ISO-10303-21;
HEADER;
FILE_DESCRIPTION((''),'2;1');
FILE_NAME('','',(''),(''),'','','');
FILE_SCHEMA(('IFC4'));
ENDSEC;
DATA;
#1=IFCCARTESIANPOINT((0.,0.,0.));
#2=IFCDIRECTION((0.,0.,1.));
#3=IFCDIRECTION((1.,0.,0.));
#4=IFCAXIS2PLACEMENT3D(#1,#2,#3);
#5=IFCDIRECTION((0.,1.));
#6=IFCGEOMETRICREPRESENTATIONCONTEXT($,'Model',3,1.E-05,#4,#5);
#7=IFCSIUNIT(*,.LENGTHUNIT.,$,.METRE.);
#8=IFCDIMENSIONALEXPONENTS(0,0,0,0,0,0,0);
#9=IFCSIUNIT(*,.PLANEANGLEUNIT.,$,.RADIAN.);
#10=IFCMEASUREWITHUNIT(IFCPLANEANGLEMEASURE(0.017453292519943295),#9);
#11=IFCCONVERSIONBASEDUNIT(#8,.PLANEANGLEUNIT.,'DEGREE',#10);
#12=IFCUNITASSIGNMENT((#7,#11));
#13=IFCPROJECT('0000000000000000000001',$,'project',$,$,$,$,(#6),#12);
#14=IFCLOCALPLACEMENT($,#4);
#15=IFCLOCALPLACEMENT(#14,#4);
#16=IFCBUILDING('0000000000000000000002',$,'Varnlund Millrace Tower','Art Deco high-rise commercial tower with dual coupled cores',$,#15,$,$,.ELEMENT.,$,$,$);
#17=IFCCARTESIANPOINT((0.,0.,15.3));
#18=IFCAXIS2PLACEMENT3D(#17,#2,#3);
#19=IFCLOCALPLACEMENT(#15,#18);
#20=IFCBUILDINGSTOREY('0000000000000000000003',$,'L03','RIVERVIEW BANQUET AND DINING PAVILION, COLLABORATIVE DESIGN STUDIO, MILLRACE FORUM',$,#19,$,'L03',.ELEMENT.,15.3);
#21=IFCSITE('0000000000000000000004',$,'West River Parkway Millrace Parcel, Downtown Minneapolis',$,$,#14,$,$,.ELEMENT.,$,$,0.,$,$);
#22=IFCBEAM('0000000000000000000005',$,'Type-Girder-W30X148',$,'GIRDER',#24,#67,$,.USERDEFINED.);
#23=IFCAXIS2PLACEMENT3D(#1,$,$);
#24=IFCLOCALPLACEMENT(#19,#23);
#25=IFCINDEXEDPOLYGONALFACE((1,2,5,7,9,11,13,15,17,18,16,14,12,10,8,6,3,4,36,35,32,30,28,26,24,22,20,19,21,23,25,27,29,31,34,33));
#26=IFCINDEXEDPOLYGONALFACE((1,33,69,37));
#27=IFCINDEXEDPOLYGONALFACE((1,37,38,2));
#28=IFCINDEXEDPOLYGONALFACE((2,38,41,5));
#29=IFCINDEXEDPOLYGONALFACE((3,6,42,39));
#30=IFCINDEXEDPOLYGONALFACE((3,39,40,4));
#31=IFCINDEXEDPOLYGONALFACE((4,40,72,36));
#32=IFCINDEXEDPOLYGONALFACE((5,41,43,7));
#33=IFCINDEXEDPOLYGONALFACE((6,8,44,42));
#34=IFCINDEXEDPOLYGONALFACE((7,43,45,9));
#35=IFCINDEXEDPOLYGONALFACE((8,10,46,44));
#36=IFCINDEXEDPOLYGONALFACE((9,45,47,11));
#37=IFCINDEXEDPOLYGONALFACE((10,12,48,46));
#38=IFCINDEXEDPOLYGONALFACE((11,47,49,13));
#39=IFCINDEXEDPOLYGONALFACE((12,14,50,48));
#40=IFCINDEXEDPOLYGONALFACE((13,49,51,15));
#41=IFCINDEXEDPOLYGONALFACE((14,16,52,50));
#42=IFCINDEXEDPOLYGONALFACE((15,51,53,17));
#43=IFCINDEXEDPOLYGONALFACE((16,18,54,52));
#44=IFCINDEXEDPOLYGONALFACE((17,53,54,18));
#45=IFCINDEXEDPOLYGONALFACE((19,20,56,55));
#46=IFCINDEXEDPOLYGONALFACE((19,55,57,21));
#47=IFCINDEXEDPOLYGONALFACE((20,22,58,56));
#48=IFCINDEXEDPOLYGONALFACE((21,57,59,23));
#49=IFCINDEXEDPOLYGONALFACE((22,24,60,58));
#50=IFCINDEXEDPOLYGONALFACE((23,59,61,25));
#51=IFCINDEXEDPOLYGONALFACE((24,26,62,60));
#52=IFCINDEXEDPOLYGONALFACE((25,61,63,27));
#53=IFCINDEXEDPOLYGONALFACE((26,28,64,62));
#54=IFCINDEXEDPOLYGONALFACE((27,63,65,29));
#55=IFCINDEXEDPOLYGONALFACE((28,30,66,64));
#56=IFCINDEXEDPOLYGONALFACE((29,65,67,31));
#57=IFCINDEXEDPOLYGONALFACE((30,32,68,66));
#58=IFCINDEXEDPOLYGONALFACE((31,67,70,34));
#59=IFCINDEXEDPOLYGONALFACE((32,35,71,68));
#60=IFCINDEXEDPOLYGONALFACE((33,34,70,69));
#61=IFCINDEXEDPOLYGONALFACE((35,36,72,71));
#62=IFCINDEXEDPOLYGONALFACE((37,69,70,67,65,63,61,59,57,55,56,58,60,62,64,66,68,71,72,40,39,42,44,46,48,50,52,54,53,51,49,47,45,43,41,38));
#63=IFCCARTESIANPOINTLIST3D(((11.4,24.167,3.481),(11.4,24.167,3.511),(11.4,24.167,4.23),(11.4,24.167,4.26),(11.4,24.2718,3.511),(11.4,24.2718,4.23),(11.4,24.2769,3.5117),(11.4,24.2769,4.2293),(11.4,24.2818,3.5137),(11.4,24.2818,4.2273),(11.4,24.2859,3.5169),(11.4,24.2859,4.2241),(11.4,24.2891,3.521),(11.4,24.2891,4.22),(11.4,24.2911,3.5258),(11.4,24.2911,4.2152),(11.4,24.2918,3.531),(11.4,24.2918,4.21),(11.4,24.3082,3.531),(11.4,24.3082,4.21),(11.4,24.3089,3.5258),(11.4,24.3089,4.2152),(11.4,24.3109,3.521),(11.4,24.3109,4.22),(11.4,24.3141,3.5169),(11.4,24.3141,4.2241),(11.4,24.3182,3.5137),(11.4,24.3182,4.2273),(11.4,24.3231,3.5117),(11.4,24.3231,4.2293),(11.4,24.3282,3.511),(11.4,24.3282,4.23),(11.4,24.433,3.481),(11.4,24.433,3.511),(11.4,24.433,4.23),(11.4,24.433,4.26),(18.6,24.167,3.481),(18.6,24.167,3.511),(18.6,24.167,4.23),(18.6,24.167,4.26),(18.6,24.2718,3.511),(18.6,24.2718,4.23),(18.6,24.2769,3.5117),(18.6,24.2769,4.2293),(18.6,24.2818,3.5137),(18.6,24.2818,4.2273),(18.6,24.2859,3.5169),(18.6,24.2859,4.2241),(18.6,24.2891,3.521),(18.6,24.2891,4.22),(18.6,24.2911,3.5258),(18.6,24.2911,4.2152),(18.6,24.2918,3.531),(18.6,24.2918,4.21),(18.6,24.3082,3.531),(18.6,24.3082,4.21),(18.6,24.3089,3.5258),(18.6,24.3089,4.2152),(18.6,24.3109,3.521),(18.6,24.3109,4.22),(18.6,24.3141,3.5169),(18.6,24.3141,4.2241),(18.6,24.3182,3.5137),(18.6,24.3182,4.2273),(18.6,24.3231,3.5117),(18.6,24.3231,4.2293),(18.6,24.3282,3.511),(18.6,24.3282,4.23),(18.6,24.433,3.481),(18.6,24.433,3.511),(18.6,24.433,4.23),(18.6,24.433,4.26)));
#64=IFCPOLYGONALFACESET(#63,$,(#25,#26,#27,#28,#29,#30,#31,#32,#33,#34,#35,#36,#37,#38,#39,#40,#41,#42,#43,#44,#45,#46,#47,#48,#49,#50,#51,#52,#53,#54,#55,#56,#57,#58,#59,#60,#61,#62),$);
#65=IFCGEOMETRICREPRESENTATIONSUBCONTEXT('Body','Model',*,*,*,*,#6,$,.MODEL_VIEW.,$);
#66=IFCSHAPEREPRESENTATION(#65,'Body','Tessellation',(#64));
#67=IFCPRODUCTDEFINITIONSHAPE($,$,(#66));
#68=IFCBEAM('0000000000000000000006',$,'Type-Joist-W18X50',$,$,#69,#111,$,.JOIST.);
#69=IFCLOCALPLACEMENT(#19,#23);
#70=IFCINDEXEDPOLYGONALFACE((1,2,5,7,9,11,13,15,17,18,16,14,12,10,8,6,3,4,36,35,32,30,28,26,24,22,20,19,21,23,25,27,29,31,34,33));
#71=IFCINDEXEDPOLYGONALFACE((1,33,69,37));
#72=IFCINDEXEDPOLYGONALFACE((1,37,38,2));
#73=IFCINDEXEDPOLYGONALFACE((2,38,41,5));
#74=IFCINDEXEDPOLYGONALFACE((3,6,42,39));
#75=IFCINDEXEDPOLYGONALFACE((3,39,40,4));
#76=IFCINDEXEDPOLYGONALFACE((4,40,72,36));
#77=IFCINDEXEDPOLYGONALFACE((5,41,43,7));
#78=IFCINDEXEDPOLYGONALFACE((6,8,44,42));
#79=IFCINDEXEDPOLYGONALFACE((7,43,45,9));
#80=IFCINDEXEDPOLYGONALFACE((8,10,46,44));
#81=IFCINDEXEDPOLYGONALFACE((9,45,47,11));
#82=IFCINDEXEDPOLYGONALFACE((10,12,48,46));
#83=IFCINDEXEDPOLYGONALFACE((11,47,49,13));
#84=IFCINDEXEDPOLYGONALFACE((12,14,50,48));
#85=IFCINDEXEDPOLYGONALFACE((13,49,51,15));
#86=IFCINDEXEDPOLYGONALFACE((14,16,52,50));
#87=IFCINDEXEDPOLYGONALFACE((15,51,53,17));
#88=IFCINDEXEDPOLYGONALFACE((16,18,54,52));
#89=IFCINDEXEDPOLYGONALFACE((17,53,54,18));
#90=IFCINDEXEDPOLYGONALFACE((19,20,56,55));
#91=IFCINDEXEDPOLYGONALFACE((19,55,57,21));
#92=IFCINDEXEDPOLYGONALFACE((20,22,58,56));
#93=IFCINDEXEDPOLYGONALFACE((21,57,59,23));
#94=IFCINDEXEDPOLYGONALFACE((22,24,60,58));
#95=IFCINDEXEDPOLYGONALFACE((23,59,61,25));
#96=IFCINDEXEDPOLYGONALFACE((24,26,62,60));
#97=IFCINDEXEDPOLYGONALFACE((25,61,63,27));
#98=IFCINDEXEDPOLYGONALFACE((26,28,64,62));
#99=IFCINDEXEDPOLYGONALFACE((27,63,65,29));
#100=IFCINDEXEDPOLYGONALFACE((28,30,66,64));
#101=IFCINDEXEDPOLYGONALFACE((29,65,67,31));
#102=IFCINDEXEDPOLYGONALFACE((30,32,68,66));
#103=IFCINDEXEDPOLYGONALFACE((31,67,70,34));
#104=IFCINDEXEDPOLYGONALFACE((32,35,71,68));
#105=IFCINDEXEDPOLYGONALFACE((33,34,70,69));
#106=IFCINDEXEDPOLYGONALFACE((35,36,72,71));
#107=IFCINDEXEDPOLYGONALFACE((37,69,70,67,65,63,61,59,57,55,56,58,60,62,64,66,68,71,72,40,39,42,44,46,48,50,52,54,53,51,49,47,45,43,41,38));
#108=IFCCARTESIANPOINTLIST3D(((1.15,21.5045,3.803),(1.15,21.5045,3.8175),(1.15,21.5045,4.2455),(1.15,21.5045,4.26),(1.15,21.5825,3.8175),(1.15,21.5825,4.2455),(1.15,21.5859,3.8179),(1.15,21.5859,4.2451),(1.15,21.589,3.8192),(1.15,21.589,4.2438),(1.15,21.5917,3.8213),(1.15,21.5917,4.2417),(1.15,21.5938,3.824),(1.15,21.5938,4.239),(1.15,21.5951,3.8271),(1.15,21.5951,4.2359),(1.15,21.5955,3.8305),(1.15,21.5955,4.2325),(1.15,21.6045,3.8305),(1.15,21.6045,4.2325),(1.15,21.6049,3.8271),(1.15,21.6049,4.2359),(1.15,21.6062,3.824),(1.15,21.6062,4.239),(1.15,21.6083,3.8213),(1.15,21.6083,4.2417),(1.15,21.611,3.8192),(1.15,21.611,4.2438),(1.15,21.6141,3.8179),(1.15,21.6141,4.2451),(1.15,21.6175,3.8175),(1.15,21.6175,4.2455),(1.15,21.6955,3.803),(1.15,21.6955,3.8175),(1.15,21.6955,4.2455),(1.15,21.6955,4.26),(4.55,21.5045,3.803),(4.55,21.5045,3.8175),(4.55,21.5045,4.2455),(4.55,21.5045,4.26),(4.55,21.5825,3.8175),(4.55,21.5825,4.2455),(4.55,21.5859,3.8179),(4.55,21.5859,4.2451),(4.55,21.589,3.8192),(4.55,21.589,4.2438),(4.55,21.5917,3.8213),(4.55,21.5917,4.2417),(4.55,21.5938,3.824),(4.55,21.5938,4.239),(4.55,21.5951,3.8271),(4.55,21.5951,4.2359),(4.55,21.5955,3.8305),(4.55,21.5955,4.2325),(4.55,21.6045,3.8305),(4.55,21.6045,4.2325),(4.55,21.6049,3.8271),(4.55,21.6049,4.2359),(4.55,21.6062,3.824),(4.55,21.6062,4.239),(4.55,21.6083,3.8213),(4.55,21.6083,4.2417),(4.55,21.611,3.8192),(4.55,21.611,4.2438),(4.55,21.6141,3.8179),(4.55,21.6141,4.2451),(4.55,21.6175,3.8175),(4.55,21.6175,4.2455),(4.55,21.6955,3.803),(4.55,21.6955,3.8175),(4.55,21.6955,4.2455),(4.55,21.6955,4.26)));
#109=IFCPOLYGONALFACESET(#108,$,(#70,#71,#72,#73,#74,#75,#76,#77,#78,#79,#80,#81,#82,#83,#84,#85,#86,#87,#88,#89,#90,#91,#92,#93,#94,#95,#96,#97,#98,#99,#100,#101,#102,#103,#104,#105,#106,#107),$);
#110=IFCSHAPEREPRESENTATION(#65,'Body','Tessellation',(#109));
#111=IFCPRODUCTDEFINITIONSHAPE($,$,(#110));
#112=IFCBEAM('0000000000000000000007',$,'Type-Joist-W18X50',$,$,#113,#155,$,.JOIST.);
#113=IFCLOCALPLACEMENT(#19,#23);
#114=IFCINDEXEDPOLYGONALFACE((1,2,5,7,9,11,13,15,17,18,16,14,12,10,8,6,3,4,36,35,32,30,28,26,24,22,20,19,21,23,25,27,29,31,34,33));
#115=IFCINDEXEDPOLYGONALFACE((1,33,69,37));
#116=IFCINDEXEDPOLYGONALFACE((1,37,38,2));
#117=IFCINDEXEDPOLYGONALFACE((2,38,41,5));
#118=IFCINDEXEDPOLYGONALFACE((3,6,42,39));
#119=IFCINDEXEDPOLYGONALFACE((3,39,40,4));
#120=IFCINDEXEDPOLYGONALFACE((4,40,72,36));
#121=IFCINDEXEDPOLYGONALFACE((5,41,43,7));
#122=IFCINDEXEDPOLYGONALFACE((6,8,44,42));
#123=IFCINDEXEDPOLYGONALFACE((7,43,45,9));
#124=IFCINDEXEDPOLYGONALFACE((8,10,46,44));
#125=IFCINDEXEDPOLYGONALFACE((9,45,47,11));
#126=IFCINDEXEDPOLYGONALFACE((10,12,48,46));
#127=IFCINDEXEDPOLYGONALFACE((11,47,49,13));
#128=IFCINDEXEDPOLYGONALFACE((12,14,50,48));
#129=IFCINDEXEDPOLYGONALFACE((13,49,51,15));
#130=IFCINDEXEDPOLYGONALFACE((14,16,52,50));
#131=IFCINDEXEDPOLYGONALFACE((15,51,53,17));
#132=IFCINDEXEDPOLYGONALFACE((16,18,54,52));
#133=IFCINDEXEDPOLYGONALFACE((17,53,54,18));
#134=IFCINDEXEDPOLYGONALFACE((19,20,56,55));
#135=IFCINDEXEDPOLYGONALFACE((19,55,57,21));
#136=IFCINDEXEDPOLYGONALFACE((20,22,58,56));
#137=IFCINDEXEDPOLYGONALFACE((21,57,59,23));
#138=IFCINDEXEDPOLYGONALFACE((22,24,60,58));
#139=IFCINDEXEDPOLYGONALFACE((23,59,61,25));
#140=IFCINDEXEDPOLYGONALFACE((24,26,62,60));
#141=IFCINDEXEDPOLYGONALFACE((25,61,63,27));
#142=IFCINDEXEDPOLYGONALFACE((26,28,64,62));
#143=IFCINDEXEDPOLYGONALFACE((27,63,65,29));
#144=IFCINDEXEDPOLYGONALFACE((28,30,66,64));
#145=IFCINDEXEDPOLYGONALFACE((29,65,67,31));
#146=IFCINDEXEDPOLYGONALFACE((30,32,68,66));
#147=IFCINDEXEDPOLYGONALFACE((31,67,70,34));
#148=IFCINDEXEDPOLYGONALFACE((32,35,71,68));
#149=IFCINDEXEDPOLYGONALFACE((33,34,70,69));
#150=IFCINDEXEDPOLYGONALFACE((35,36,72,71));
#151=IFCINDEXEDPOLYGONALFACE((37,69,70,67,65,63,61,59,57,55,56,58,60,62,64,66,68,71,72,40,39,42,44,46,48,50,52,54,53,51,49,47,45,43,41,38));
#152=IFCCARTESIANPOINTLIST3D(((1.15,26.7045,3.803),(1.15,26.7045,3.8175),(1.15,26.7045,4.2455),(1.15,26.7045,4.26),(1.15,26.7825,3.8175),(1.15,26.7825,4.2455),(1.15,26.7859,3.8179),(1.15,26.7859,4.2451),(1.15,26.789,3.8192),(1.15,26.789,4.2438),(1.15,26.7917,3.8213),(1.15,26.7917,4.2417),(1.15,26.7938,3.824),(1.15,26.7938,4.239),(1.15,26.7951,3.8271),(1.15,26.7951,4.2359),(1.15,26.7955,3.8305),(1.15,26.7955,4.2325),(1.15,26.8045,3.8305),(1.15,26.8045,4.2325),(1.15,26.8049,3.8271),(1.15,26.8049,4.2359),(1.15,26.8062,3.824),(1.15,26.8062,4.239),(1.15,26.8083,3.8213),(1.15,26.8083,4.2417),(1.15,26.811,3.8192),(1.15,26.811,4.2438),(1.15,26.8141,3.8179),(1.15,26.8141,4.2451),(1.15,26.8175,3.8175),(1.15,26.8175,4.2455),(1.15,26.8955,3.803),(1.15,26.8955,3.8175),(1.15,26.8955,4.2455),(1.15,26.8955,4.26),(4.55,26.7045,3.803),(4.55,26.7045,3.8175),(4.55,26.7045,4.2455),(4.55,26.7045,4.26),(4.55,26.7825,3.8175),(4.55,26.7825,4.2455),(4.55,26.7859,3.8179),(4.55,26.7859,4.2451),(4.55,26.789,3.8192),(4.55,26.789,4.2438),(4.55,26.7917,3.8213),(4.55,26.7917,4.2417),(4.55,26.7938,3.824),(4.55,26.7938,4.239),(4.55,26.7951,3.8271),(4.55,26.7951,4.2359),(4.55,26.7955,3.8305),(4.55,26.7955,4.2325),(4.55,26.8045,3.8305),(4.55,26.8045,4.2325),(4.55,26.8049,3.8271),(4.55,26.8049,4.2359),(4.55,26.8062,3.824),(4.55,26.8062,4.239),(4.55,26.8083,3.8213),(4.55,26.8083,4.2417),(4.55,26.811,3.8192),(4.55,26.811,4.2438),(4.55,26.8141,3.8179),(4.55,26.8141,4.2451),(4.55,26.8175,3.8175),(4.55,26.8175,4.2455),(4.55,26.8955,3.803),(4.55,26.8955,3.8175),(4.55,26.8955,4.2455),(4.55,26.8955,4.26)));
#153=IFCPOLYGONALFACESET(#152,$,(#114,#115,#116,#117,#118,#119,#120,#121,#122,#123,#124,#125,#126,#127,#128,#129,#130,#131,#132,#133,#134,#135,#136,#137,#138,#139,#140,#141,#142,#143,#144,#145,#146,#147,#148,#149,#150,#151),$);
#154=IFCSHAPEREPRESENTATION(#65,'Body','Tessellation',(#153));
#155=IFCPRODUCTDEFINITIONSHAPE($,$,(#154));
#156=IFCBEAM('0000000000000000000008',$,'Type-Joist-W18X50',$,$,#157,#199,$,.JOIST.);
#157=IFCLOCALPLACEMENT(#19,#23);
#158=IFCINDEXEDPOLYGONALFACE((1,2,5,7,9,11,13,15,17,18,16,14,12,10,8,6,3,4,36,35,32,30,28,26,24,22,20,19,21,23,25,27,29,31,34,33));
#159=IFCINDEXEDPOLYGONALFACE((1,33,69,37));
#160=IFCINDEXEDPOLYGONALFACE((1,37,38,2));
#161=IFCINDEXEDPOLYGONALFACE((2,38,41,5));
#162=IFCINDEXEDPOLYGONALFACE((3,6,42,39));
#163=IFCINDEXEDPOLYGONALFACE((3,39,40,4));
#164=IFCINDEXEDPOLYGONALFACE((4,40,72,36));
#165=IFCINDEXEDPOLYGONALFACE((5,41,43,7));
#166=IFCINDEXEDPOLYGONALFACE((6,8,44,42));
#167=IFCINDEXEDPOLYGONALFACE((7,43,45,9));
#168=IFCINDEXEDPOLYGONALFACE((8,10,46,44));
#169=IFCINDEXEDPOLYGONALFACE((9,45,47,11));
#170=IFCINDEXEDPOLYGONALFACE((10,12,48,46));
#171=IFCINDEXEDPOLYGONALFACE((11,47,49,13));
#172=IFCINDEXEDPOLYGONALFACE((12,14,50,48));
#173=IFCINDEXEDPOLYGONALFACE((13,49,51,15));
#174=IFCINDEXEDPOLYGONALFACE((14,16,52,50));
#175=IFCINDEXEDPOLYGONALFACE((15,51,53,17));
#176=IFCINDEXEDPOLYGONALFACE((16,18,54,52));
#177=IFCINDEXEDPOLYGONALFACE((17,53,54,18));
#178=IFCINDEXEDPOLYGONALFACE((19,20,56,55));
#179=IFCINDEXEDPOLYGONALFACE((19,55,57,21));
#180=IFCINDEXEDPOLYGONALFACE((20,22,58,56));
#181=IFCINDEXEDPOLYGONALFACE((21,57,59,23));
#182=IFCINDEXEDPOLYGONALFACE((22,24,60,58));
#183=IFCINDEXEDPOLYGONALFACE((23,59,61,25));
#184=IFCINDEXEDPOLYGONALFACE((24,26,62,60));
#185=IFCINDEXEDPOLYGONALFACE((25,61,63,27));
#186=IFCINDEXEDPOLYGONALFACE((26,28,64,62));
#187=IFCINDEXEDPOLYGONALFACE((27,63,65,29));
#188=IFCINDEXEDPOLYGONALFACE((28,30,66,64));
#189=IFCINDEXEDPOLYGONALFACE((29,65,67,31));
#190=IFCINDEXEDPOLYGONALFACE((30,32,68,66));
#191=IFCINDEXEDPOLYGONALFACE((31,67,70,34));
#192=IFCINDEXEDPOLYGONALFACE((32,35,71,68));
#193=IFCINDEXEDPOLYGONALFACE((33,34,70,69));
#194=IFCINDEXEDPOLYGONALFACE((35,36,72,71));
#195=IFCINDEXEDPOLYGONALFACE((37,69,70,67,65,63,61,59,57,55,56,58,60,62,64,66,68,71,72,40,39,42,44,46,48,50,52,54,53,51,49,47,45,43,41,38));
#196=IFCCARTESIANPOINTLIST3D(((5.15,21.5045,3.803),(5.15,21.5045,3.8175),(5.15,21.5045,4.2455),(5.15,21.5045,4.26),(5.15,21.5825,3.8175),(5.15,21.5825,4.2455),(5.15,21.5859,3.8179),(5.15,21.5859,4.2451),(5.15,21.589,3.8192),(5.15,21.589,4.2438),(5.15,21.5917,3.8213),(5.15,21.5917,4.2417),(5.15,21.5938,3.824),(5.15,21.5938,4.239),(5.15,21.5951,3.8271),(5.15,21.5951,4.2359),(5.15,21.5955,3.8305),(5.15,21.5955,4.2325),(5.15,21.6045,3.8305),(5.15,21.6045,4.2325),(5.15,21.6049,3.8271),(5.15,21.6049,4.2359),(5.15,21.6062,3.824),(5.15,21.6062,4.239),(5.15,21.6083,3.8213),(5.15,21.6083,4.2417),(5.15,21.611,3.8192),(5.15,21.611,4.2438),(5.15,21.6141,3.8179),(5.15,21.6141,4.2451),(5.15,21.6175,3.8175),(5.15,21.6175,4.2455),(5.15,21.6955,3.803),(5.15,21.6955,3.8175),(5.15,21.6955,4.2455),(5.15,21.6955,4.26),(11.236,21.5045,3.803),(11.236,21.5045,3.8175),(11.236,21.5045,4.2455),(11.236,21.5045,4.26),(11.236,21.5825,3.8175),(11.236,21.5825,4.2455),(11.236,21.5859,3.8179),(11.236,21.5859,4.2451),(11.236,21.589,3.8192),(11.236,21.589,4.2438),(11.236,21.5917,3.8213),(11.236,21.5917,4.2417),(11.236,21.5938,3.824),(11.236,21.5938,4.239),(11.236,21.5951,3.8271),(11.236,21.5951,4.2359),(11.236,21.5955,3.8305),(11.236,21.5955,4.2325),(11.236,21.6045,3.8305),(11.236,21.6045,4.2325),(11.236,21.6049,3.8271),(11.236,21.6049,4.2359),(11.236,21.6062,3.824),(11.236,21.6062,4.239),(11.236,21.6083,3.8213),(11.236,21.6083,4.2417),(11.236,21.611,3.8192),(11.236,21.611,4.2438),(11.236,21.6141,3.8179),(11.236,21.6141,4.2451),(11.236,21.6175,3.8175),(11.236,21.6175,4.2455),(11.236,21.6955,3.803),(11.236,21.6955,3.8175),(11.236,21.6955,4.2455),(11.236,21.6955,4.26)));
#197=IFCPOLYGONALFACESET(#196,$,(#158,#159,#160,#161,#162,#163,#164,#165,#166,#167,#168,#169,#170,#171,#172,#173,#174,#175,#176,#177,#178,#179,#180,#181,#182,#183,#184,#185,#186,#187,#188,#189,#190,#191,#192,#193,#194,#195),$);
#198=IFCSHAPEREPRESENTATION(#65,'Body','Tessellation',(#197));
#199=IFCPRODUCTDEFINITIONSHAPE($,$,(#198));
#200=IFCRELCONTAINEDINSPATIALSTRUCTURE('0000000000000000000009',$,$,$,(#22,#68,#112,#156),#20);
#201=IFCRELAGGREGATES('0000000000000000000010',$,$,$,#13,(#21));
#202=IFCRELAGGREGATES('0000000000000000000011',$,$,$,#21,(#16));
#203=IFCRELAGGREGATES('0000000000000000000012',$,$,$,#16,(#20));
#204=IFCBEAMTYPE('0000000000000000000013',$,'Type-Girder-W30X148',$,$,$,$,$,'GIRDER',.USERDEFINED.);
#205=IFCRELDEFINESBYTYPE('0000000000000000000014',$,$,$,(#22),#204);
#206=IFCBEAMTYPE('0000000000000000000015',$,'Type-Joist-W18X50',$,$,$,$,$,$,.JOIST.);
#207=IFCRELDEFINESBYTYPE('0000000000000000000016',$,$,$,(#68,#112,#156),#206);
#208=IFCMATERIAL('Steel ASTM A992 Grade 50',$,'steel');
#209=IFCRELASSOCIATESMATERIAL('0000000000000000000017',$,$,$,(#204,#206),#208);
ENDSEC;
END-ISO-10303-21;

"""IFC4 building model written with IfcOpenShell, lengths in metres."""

from ifc_helpers import new_model, entity, si_unit, converted_unit, direction, frame, origin_with_axes, origin_2d_with_axis, place, context, subcontext, project, spatial, i_section, extrude, material, material_profile, profile_set, type_object, element, save


model = new_model("IFC4")

# Units and contexts
model_context = context("Model", 3, precision=1e-05, world=origin_with_axes(), true_north=direction((0.0, 1.0)))
body_context = subcontext(model_context, "Body", "Model", "MODEL_VIEW")
ifc_project = project(units=[si_unit("LENGTHUNIT", "METRE"), converted_unit("PLANEANGLEUNIT", "DEGREE", entity("IfcPlaneAngleMeasure", 0.017453292519943295), si_unit("PLANEANGLEUNIT", "RADIAN"), dimensions=[0, 0, 0, 0, 0, 0, 0])], contexts=[model_context])

# Site, building, storey
site_placement = place(None, origin_with_axes())
site = spatial("IfcSite", under=ifc_project, at=site_placement, Name="West River Parkway Millrace Parcel, Downtown Minneapolis", CompositionType="ELEMENT", RefElevation=0.0)
building_placement = place(site_placement, origin_with_axes())
building = spatial("IfcBuilding", under=site, at=building_placement, Name="Varnlund Millrace Tower", Description="Art Deco high-rise commercial tower with dual coupled cores", CompositionType="ELEMENT")
storey_placement = place(building_placement, frame((0.0, 0.0, 15.3), z_axis=(0.0, 0.0, 1.0), x_axis=(1.0, 0.0, 0.0)))
storey = spatial("IfcBuildingStorey", under=building, at=storey_placement, Name="L03", Description="RIVERVIEW BANQUET AND DINING PAVILION, COLLABORATIVE DESIGN STUDIO, MILLRACE FORUM", LongName="L03", CompositionType="ELEMENT", Elevation=15.3)

# Beams
ifc_material_1 = material(Name="Steel ASTM A992 Grade 50", Category="steel")
ifc_material_profile_1 = material_profile(ifc_material_1, i_section(OverallWidth=0.266, OverallDepth=0.779, WebThickness=0.0165, FlangeThickness=0.03, FilletRadius=0.02, at=origin_2d_with_axis()), Name="Steel ASTM A992 Grade 50")
ifc_profile_set_1 = profile_set([ifc_material_profile_1], Name="Steel ASTM A992 Grade 50")
beam_type_1 = type_object("IfcBeamType", Name="Type-Girder-W30X148", ElementType="GIRDER", PredefinedType="USERDEFINED", material=ifc_profile_set_1)
beam_1_placement = place(storey_placement, frame((11.4, 24.3, 3.8705), z_axis=(1.0, 0.0, 0.0), x_axis=(0.0, 1.0, 0.0)))
element("IfcBeam", 1, at=beam_1_placement, inside=storey, type_object=beam_type_1, Name="Type-Girder-W30X148", ObjectType="GIRDER", PredefinedType="USERDEFINED", context=body_context, shape_type="SweptSolid", body=[
    extrude(i_section(OverallWidth=0.266, OverallDepth=0.779, WebThickness=0.0165, FlangeThickness=0.03, FilletRadius=0.02, at=origin_2d_with_axis()), origin_with_axes(), (0.0, 0.0, 1.0), 7.2),
])
ifc_material_profile_2 = material_profile(ifc_material_1, i_section(OverallWidth=0.191, OverallDepth=0.457, WebThickness=0.009, FlangeThickness=0.0145, FilletRadius=0.013, at=origin_2d_with_axis()), Name="Steel ASTM A992 Grade 50")
ifc_profile_set_2 = profile_set([ifc_material_profile_2], Name="Steel ASTM A992 Grade 50")
beam_type_2 = type_object("IfcBeamType", Name="Type-Joist-W18X50", PredefinedType="JOIST", material=ifc_profile_set_2)
for number, where, z_axis, x_axis, name in (
    (2, (1.15, 21.6, 4.0315), (1.0, 0.0, 0.0), (0.0, 1.0, 0.0), "Type-Joist-W18X50"),
    (3, (1.15, 26.8, 4.0315), (1.0, 0.0, 0.0), (0.0, 1.0, 0.0), "Type-Joist-W18X50"),
):
    element("IfcBeam", number, at=place(storey_placement, frame(where, z_axis=z_axis, x_axis=x_axis)), inside=storey, type_object=beam_type_2, Name=name, PredefinedType="JOIST", context=body_context, shape_type="SweptSolid", body=[
        extrude(i_section(OverallWidth=0.191, OverallDepth=0.457, WebThickness=0.009, FlangeThickness=0.0145, FilletRadius=0.013, at=origin_2d_with_axis()), origin_with_axes(), (0.0, 0.0, 1.0), 3.4),
    ])
for number, where, z_axis, x_axis, name in (
    (4, (5.15, 21.6, 4.0315), (1.0, 0.0, 0.0), (0.0, 1.0, 0.0), "Type-Joist-W18X50"),
):
    element("IfcBeam", number, at=place(storey_placement, frame(where, z_axis=z_axis, x_axis=x_axis)), inside=storey, type_object=beam_type_2, Name=name, PredefinedType="JOIST", context=body_context, shape_type="SweptSolid", body=[
        extrude(i_section(OverallWidth=0.191, OverallDepth=0.457, WebThickness=0.009, FlangeThickness=0.0145, FilletRadius=0.013, at=origin_2d_with_axis()), origin_with_axes(), (0.0, 0.0, 1.0), 6.086),
    ])

save(model, "model.ifc")
